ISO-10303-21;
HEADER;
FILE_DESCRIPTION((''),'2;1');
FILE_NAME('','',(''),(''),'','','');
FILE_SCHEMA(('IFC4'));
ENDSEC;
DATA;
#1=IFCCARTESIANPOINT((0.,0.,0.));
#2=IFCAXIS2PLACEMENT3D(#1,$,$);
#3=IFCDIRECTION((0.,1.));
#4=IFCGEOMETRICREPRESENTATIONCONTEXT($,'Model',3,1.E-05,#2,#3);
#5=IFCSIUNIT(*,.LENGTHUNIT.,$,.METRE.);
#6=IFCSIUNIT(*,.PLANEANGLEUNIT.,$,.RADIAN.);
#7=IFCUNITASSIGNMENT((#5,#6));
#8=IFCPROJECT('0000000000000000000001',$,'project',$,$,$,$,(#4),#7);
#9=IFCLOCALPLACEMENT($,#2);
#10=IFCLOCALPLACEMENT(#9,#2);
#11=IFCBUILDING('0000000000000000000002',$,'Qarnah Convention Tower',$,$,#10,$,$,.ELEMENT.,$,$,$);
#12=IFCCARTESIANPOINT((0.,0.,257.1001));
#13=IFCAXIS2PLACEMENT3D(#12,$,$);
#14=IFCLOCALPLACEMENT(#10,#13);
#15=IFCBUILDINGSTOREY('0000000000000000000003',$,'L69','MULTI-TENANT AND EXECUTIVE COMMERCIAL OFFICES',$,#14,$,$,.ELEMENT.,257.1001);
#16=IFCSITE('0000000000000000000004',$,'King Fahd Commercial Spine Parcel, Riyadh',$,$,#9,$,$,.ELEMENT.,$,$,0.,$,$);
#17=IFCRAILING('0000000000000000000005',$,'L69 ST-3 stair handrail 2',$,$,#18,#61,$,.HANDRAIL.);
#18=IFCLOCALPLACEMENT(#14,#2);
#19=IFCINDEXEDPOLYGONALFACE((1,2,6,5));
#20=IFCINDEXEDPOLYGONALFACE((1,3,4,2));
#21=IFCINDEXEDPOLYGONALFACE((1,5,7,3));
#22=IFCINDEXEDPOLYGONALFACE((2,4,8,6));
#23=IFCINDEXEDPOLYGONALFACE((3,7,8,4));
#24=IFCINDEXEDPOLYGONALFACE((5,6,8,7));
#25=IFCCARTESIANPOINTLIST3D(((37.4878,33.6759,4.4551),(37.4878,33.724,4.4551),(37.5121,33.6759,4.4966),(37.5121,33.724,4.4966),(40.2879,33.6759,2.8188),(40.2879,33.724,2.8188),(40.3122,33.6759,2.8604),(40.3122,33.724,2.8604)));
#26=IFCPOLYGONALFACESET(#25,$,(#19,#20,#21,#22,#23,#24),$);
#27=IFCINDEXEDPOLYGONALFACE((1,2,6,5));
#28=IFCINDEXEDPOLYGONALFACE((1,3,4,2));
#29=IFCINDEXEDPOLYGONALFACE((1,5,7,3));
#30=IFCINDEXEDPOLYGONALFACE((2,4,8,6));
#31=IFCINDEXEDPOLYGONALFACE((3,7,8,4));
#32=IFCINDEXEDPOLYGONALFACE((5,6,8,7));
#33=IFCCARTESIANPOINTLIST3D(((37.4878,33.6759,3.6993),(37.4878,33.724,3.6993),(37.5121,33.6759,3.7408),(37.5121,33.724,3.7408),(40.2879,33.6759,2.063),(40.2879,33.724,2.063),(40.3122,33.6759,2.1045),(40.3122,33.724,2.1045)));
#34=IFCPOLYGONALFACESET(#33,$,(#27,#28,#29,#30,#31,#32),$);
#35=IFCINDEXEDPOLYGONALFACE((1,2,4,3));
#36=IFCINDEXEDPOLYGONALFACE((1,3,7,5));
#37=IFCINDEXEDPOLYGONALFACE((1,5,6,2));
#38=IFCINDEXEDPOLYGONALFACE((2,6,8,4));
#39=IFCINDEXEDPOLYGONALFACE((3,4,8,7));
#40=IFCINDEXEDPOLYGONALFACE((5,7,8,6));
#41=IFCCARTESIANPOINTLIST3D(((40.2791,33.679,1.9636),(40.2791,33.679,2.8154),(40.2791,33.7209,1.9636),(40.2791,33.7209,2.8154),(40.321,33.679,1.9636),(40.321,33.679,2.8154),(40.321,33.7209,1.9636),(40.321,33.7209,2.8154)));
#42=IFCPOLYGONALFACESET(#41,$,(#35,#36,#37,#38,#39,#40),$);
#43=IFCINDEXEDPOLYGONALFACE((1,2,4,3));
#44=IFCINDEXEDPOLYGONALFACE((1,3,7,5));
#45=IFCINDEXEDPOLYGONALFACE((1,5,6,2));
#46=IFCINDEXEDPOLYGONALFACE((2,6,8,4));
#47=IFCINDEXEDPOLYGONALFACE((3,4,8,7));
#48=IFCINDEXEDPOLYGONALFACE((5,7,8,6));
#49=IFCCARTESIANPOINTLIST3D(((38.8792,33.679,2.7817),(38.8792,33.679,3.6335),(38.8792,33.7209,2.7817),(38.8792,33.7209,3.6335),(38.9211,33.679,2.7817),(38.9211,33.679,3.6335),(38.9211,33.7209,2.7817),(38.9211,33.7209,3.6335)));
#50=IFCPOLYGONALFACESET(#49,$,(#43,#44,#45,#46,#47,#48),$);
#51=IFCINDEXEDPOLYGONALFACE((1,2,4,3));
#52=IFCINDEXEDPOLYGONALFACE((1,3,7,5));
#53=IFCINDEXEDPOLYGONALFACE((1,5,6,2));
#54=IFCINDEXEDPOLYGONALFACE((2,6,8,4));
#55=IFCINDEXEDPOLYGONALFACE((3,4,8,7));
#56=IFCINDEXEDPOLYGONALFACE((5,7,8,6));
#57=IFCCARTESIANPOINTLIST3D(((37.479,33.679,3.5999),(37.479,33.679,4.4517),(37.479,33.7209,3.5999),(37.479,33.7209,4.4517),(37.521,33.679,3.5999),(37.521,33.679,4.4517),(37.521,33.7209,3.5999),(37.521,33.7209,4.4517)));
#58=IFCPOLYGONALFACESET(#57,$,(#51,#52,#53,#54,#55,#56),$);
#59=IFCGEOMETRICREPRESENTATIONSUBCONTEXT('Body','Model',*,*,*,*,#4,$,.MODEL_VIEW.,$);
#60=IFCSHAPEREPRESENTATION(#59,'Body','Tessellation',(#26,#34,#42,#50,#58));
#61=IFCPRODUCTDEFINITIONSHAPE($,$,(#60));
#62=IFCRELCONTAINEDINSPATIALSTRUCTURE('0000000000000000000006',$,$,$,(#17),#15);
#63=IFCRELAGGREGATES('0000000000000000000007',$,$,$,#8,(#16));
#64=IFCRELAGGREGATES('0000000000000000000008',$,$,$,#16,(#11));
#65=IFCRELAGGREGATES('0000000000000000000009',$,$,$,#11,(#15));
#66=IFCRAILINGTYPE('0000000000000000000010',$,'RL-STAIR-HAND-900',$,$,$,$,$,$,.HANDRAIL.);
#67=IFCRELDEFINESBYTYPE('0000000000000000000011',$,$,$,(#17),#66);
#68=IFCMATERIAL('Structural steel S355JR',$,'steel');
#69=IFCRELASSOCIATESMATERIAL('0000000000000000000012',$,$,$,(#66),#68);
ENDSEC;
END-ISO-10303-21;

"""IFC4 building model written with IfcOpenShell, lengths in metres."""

from ifc_helpers import new_model, si_unit, direction, frame, origin, origin_2d, place, context, subcontext, project, spatial, rectangle, extrude, material, type_object, element, save


model = new_model("IFC4")

# Units and contexts
model_context = context("Model", 3, precision=1e-05, world=origin(), true_north=direction((0.0, 1.0)))
body_context = subcontext(model_context, "Body", "Model", "MODEL_VIEW")
ifc_project = project(units=[si_unit("LENGTHUNIT", "METRE"), si_unit("PLANEANGLEUNIT", "RADIAN")], contexts=[model_context])

# Site, building, storey
site_placement = place(None, origin())
site = spatial("IfcSite", under=ifc_project, at=site_placement, Name="King Fahd Commercial Spine Parcel, Riyadh", CompositionType="ELEMENT", RefElevation=0.0)
building_placement = place(site_placement, origin())
building = spatial("IfcBuilding", under=site, at=building_placement, Name="Qarnah Convention Tower", CompositionType="ELEMENT")
storey_placement = place(building_placement, frame((0.0, 0.0, 257.1001)))
storey = spatial("IfcBuildingStorey", under=building, at=storey_placement, Name="L69", Description="MULTI-TENANT AND EXECUTIVE COMMERCIAL OFFICES", CompositionType="ELEMENT", Elevation=257.1001)

# Shared definitions
ifc_material_1 = material(Name="Structural steel S355JR", Category="steel")

# Railing
railing_type_1 = type_object("IfcRailingType", Name="RL-STAIR-HAND-900", PredefinedType="HANDRAIL", material=ifc_material_1)
railing_1_placement = place(storey_placement, frame((40.3, 33.7, 1.9636)))
element("IfcRailing", 1, at=railing_1_placement, inside=storey, type_object=railing_type_1, Name="L69 ST-3 stair handrail 2", PredefinedType="HANDRAIL", context=body_context, shape_type="SweptSolid", body=[
    extrude(rectangle(XDim=0.0481, YDim=0.0481, at=origin_2d()), frame((0.0, 0.0, 0.876), z_axis=(-0.863394, 0.0, 0.504531), x_axis=(0.0, -1.0, 0.0)), (0.0, 0.0, 1.0), 3.2432),
    extrude(rectangle(XDim=0.0481, YDim=0.0481, at=origin_2d()), frame((0.0, 0.0, 0.1201), z_axis=(-0.863394, 0.0, 0.504531), x_axis=(0.0, -1.0, 0.0)), (0.0, 0.0, 1.0), 3.2432),
    extrude(rectangle(XDim=0.042, YDim=0.042, at=origin_2d()), origin(), (0.0, 0.0, 1.0), 0.8518),
    extrude(rectangle(XDim=0.042, YDim=0.042, at=origin_2d()), frame((-1.3999, 0.0, 0.8181)), (0.0, 0.0, 1.0), 0.8518),
    extrude(rectangle(XDim=0.042, YDim=0.042, at=origin_2d()), frame((-2.8, 0.0, 1.6362)), (0.0, 0.0, 1.0), 0.8518),
])

save(model, "model.ifc")
